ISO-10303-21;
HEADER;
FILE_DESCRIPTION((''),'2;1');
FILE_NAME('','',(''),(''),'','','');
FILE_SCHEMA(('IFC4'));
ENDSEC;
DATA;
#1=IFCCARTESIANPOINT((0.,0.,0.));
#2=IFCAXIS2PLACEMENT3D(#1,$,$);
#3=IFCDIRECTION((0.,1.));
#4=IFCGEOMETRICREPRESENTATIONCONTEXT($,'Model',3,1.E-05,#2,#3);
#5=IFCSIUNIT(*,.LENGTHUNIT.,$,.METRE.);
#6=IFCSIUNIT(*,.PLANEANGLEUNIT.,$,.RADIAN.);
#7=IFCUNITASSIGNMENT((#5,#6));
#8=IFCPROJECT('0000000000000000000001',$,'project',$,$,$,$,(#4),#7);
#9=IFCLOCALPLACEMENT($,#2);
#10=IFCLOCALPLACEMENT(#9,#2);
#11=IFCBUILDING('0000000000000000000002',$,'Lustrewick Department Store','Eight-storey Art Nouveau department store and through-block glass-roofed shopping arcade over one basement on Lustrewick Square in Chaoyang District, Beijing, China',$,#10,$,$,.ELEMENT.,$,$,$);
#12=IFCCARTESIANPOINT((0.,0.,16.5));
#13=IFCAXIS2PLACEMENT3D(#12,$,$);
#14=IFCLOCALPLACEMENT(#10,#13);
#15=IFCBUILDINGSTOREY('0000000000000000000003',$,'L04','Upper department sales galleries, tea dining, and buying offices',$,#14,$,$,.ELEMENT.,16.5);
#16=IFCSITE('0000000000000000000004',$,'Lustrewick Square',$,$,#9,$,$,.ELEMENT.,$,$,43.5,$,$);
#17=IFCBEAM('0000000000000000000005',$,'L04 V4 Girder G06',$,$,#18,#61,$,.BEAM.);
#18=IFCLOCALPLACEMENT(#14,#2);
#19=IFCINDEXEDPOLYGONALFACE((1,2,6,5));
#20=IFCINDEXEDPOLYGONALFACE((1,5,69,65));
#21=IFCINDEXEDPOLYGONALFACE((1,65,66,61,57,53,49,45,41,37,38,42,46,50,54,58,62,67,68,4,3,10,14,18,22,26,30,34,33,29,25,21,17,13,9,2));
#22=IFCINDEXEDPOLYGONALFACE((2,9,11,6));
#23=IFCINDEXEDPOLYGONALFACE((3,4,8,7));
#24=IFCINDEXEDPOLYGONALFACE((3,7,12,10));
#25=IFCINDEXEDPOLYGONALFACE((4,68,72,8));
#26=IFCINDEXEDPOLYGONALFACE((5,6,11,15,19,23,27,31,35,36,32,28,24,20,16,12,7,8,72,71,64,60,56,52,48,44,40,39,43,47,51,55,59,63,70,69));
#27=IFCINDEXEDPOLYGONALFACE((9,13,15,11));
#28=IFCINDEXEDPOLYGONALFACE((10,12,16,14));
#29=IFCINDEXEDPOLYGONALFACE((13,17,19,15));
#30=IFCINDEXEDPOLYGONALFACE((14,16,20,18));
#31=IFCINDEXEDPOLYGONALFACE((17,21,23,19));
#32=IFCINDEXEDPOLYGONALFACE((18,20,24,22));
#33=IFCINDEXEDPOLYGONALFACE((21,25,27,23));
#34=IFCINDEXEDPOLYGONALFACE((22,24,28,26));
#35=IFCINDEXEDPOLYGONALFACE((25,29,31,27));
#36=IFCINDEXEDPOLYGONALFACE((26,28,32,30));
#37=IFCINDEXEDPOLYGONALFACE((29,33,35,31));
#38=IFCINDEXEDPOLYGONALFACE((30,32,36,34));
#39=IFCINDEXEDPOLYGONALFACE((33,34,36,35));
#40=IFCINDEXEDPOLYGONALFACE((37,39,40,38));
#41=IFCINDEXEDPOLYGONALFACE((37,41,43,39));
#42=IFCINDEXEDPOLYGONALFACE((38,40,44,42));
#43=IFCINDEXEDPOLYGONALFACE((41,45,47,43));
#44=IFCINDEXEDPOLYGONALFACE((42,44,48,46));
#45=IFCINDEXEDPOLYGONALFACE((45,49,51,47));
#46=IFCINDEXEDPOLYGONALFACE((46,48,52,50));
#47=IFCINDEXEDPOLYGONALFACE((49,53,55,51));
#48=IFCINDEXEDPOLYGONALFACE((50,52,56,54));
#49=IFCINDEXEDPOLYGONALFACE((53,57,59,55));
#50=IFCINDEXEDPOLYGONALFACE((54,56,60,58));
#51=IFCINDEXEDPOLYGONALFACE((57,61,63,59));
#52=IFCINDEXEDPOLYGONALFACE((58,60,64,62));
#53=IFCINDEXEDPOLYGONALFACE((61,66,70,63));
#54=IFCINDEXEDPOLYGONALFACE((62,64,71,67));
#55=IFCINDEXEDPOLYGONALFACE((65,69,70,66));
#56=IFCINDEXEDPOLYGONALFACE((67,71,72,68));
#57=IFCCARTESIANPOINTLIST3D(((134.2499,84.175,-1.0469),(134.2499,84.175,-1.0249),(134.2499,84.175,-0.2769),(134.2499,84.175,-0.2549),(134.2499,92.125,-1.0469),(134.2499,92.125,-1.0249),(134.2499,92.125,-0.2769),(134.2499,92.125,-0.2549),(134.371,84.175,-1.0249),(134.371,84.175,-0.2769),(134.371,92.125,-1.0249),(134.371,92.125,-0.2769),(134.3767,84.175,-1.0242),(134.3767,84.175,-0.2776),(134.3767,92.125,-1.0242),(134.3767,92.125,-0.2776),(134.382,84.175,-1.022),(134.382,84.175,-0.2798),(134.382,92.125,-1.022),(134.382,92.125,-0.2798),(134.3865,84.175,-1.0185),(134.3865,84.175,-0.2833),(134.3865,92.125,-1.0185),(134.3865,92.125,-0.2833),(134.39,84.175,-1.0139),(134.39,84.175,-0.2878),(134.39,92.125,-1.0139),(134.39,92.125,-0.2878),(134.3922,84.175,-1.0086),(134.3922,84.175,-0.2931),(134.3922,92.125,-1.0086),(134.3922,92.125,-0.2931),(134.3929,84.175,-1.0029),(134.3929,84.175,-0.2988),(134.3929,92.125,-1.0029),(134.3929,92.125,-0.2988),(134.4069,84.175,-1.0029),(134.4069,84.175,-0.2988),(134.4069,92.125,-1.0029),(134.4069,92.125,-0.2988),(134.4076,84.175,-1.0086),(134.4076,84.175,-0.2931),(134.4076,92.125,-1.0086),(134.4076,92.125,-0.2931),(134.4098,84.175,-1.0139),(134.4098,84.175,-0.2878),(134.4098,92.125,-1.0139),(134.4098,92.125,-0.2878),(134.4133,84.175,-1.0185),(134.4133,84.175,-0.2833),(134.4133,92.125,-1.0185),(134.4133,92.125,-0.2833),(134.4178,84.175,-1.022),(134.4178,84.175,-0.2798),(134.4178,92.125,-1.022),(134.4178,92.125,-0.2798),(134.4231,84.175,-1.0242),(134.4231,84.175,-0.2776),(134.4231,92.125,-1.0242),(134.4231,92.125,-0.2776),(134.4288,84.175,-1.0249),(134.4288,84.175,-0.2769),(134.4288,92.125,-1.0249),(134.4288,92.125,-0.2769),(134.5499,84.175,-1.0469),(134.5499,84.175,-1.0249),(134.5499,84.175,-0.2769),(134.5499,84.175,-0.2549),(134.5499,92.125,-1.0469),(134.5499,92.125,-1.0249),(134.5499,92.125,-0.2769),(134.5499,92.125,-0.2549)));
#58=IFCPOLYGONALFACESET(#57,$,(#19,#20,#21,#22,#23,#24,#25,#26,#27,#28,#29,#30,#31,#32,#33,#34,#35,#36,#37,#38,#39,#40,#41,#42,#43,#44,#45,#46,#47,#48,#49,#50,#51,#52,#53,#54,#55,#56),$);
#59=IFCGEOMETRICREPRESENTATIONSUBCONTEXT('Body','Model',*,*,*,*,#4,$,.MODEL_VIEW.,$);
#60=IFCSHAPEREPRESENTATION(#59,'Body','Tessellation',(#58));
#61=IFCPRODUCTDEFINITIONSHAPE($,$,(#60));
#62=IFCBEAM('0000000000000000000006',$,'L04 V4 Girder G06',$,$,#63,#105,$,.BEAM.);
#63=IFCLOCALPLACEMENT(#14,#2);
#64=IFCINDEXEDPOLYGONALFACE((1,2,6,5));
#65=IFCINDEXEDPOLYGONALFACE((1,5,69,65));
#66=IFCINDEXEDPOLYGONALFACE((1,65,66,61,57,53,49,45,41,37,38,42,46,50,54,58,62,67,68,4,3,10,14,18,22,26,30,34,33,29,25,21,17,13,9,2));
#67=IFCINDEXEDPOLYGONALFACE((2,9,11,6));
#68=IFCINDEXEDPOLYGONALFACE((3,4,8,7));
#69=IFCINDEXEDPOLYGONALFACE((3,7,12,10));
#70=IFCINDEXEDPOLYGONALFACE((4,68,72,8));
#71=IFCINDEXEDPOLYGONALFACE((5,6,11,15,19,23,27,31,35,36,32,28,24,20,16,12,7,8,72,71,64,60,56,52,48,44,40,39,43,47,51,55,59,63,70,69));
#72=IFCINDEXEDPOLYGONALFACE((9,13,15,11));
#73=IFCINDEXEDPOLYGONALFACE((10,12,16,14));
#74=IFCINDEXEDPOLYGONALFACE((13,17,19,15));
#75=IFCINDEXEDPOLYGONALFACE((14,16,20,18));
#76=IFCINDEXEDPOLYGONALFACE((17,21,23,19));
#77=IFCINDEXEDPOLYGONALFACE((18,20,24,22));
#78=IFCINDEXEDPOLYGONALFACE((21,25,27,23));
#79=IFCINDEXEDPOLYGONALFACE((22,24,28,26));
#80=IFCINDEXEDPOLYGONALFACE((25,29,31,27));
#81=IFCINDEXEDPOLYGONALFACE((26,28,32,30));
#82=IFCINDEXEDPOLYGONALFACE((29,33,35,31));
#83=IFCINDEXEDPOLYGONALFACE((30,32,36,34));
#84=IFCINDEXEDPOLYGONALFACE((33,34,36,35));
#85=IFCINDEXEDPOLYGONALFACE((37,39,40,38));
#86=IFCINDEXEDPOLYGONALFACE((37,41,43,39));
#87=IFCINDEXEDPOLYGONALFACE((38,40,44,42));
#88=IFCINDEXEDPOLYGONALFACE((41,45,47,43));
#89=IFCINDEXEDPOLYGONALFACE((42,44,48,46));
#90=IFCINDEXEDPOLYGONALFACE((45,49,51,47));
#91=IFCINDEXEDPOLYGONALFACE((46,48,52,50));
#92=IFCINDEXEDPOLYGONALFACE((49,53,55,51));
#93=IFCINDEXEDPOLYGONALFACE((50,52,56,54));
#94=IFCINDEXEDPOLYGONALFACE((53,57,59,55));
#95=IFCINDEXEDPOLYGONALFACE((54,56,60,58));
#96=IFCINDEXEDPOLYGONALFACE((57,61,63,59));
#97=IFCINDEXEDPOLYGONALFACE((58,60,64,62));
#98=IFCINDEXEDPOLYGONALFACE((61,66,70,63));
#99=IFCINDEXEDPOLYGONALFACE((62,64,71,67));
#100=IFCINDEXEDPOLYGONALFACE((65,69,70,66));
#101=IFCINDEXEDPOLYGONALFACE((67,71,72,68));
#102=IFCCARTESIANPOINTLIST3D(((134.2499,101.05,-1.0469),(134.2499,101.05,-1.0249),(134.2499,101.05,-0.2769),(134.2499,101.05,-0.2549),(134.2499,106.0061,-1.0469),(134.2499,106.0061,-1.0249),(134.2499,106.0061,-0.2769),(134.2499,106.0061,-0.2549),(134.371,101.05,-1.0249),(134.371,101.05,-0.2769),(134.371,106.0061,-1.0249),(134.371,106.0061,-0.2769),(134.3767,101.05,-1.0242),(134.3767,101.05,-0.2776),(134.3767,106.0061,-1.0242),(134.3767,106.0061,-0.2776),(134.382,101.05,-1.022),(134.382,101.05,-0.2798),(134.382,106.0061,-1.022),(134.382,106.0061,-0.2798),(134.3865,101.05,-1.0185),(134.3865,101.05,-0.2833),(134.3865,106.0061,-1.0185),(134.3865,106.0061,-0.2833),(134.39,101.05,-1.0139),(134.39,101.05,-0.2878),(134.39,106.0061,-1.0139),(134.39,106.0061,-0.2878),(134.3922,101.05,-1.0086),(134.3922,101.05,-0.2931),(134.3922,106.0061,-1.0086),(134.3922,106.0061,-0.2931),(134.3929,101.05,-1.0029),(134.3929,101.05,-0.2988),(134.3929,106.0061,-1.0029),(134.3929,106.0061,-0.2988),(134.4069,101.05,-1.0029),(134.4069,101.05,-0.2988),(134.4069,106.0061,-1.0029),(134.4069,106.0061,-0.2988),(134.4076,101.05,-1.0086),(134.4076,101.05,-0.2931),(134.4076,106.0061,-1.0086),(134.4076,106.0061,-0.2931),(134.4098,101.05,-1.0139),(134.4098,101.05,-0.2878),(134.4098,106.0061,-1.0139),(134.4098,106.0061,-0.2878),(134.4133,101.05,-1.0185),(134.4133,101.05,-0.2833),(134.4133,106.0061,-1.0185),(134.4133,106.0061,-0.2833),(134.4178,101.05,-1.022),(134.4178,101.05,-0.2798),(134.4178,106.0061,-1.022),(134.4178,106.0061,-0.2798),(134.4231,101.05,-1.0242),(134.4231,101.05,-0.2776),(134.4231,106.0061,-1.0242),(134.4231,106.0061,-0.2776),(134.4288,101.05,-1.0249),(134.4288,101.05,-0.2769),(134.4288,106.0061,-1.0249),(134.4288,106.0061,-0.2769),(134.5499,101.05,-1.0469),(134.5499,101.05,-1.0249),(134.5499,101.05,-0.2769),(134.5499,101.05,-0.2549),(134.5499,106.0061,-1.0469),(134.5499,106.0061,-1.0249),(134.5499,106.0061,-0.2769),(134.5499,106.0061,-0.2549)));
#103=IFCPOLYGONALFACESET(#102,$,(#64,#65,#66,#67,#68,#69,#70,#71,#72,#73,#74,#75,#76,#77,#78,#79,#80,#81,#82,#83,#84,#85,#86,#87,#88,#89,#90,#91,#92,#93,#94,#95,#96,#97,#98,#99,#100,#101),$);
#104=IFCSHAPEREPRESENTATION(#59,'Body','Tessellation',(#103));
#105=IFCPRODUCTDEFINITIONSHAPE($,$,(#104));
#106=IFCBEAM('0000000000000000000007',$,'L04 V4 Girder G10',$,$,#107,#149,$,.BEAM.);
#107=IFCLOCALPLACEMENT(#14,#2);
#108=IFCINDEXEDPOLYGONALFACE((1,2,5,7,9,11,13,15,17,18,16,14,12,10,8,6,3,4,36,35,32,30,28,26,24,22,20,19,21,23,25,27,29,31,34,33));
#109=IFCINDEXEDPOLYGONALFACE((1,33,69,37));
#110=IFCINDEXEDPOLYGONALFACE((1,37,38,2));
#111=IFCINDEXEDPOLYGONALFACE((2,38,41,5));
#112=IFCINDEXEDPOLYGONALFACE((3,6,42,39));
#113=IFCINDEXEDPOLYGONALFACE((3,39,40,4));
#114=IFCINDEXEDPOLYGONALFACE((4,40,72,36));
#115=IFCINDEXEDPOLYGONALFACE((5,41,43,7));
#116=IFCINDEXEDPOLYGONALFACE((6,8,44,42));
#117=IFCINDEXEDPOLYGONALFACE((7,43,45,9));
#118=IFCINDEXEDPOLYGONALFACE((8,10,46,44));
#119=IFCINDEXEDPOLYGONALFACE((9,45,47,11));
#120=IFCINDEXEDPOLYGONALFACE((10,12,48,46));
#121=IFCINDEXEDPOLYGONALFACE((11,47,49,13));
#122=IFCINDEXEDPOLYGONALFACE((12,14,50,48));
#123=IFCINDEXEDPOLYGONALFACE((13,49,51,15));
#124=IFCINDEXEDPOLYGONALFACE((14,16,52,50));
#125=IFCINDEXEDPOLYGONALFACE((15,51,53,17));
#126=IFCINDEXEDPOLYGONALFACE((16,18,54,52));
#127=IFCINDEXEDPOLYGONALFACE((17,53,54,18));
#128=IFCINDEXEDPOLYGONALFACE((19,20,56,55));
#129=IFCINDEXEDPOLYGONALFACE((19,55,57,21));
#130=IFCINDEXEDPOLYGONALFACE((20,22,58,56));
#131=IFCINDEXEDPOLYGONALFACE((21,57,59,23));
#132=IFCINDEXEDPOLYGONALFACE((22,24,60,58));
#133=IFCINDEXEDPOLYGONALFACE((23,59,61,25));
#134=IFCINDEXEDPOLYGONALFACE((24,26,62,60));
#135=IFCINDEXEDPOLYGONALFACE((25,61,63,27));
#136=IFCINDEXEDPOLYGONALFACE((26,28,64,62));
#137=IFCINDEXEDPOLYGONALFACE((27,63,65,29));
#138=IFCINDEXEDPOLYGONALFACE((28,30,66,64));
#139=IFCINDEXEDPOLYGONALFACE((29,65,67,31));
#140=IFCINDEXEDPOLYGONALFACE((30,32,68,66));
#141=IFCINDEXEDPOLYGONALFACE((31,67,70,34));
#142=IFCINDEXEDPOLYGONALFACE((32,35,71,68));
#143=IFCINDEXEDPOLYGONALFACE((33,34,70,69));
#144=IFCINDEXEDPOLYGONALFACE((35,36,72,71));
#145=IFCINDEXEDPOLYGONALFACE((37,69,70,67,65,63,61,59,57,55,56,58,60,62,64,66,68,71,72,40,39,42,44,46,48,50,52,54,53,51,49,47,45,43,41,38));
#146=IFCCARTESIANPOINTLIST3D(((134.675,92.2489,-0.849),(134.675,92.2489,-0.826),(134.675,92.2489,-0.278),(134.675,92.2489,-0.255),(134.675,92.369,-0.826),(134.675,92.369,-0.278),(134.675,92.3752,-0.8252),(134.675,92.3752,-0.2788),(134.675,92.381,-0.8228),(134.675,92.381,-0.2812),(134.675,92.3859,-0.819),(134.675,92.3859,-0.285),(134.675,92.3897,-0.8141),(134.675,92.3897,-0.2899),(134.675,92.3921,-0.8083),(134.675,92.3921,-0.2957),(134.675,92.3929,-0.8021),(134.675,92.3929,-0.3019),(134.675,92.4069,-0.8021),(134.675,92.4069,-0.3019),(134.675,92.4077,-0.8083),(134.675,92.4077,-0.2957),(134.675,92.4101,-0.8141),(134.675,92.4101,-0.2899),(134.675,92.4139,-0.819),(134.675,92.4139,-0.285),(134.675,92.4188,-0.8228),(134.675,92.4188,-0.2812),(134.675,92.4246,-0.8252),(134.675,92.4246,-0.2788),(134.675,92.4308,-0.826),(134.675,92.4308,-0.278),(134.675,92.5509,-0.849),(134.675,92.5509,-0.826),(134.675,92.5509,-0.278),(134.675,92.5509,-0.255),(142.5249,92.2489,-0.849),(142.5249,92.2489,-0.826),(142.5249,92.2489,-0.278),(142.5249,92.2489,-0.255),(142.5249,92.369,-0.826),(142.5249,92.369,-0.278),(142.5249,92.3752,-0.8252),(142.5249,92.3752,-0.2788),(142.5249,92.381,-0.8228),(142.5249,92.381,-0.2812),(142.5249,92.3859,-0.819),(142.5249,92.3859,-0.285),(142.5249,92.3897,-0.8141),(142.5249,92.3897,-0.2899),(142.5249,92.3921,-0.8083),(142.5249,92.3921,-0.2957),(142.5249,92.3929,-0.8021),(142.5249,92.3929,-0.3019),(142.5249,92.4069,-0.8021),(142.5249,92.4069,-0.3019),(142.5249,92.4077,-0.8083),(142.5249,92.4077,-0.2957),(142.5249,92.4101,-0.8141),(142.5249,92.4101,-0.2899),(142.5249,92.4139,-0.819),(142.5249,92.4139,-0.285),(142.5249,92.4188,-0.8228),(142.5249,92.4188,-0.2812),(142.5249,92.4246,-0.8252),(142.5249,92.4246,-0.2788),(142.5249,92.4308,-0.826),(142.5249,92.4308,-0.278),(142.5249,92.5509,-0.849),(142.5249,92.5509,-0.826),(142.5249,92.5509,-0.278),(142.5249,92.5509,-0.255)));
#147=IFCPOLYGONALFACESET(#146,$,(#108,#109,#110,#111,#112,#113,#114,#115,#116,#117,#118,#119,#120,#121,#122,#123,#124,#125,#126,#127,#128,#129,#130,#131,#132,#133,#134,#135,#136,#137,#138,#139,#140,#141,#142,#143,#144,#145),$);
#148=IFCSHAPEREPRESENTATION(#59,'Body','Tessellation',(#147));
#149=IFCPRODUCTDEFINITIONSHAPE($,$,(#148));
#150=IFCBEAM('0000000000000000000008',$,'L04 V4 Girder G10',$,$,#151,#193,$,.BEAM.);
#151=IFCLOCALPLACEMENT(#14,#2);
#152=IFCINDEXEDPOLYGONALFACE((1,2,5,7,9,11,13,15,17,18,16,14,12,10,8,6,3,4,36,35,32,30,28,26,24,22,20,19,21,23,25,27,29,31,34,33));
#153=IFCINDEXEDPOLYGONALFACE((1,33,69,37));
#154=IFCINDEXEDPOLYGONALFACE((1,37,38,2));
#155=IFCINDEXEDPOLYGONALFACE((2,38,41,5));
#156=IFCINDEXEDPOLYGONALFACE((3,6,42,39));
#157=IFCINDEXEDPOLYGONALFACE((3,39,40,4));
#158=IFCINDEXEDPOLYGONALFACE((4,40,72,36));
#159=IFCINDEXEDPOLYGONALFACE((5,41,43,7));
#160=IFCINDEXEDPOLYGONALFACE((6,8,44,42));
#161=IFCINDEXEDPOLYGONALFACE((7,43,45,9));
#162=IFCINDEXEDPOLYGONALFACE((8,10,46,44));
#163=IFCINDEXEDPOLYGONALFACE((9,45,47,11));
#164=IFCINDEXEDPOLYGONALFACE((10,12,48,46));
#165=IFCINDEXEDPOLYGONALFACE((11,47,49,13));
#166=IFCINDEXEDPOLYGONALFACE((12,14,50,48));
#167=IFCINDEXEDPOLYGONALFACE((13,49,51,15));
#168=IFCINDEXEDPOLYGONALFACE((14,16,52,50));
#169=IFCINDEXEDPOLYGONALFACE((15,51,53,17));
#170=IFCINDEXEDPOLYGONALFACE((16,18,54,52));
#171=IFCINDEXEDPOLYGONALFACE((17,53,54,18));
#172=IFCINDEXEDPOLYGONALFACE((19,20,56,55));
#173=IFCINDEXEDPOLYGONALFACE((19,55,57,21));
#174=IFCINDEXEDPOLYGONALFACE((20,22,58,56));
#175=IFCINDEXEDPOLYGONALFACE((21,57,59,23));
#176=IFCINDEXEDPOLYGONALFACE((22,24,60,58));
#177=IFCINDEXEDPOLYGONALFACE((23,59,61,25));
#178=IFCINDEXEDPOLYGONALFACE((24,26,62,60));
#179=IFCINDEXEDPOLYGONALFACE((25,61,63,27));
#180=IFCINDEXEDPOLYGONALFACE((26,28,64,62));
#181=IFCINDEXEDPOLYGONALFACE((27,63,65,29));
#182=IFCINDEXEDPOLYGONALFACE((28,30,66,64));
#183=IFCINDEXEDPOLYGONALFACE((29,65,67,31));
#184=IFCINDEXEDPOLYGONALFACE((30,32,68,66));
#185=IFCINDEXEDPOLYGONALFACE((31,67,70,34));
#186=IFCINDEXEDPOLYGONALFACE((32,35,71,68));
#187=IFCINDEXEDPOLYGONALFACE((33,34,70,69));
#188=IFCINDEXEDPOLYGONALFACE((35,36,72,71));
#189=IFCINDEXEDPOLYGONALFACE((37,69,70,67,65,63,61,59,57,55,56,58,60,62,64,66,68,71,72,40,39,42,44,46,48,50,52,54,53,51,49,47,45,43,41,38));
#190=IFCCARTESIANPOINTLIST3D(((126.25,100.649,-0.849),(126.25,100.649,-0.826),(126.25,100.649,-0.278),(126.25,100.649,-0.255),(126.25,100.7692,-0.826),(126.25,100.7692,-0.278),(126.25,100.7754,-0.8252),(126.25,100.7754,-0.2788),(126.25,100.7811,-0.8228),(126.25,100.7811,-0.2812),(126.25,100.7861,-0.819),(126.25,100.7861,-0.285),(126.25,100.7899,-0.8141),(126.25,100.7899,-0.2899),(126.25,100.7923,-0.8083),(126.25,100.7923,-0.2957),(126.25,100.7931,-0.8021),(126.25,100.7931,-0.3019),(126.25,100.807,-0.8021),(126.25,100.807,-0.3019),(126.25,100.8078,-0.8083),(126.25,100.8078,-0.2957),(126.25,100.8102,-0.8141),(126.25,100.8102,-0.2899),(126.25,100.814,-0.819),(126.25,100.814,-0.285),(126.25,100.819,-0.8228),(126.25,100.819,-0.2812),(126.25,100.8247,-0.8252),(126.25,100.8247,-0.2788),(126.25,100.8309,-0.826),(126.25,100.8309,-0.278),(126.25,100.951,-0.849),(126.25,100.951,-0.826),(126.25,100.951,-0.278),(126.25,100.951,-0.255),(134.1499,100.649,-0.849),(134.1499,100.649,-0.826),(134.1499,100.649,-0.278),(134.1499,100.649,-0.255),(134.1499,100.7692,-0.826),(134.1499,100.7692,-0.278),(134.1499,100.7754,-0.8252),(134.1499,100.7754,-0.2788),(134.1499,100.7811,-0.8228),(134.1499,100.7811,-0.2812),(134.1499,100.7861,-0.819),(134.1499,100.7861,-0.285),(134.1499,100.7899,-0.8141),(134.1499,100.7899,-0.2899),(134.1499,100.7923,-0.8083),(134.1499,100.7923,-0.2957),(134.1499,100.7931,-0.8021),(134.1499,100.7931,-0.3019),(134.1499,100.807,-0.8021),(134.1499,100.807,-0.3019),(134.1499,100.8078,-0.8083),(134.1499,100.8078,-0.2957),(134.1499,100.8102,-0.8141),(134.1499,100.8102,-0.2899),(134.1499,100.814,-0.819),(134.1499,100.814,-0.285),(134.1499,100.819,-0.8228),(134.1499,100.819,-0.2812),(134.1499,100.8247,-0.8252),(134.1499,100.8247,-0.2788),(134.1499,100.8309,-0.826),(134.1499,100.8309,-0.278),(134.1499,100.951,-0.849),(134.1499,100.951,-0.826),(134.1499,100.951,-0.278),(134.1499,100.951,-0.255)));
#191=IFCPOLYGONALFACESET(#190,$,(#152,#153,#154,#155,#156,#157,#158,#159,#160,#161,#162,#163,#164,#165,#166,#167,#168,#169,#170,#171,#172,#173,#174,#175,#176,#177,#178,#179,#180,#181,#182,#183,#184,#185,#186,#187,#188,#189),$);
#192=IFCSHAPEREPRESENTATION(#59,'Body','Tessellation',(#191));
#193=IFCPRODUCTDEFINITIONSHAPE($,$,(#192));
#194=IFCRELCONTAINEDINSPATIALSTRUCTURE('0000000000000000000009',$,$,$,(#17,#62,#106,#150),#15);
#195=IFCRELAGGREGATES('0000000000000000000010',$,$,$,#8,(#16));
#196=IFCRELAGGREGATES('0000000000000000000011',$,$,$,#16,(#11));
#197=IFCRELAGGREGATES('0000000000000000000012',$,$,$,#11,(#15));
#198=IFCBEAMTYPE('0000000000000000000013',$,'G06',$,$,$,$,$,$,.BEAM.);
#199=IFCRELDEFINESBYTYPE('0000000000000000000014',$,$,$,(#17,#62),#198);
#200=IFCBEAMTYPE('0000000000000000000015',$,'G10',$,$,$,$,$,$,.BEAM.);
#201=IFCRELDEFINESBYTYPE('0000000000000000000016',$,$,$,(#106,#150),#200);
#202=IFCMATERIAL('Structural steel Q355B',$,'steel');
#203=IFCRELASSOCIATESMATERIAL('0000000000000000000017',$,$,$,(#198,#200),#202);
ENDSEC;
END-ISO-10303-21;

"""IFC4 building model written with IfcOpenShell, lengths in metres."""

from ifc_helpers import new_model, si_unit, direction, frame, origin, origin_2d, place, context, subcontext, project, spatial, i_section, extrude, material, material_profile, profile_set, type_object, element, save


model = new_model("IFC4")

# Units and contexts
model_context = context("Model", 3, precision=1e-05, world=origin(), true_north=direction((0.0, 1.0)))
body_context = subcontext(model_context, "Body", "Model", "MODEL_VIEW")
ifc_project = project(units=[si_unit("LENGTHUNIT", "METRE"), si_unit("PLANEANGLEUNIT", "RADIAN")], contexts=[model_context])

# Site, building, storey
site_placement = place(None, origin())
site = spatial("IfcSite", under=ifc_project, at=site_placement, Name="Lustrewick Square", CompositionType="ELEMENT", RefElevation=43.5)
building_placement = place(site_placement, origin())
building = spatial("IfcBuilding", under=site, at=building_placement, Name="Lustrewick Department Store", Description="Eight-storey Art Nouveau department store and through-block glass-roofed shopping arcade over one basement on Lustrewick Square in Chaoyang District, Beijing, China", CompositionType="ELEMENT")
storey_placement = place(building_placement, frame((0.0, 0.0, 16.5)))
storey = spatial("IfcBuildingStorey", under=building, at=storey_placement, Name="L04", Description="Upper department sales galleries, tea dining, and buying offices", CompositionType="ELEMENT", Elevation=16.5)

# Shared definitions
ifc_material_1 = material(Name="Structural steel Q355B", Category="steel")

# Beams
ifc_material_profile_1 = material_profile(ifc_material_1, i_section(OverallWidth=0.3, OverallDepth=0.792, WebThickness=0.0139, FlangeThickness=0.022, FilletRadius=0.022, at=origin_2d()), Name="HN 792x300x14x22")
ifc_profile_set_1 = profile_set([ifc_material_profile_1], Name="Structural steel Q355B")
beam_type_1 = type_object("IfcBeamType", Name="G06", PredefinedType="BEAM", material=ifc_profile_set_1)
beam_1_placement = place(storey_placement, frame((134.3999, 84.175, -0.6509), z_axis=(0.0, 1.0, 0.0), x_axis=(-1.0, 0.0, 0.0)))
element("IfcBeam", 1, at=beam_1_placement, inside=storey, type_object=beam_type_1, Name="L04 V4 Girder G06", PredefinedType="BEAM", context=body_context, shape_type="SweptSolid", body=[
    extrude(i_section(OverallWidth=0.3, OverallDepth=0.792, WebThickness=0.0139, FlangeThickness=0.022, FilletRadius=0.022, at=origin_2d()), origin(), (0.0, 0.0, 1.0), 7.95),
])
beam_2_placement = place(storey_placement, frame((134.3999, 101.05, -0.6509), z_axis=(0.0, 1.0, 0.0), x_axis=(-1.0, 0.0, 0.0)))
element("IfcBeam", 2, at=beam_2_placement, inside=storey, type_object=beam_type_1, Name="L04 V4 Girder G06", PredefinedType="BEAM", context=body_context, shape_type="SweptSolid", body=[
    extrude(i_section(OverallWidth=0.3, OverallDepth=0.792, WebThickness=0.0139, FlangeThickness=0.022, FilletRadius=0.022, at=origin_2d()), origin(), (0.0, 0.0, 1.0), 4.9561),
])
ifc_material_profile_2 = material_profile(ifc_material_1, i_section(OverallWidth=0.302, OverallDepth=0.594, WebThickness=0.0139, FlangeThickness=0.0229, FilletRadius=0.0239, at=origin_2d()), Name="HM 594x302x14x23")
ifc_profile_set_2 = profile_set([ifc_material_profile_2], Name="Structural steel Q355B")
beam_type_2 = type_object("IfcBeamType", Name="G10", PredefinedType="BEAM", material=ifc_profile_set_2)
beam_3_placement = place(storey_placement, frame((134.675, 92.3999, -0.552), z_axis=(1.0, 0.0, 0.0), x_axis=(0.0, 1.0, 0.0)))
element("IfcBeam", 3, at=beam_3_placement, inside=storey, type_object=beam_type_2, Name="L04 V4 Girder G10", PredefinedType="BEAM", context=body_context, shape_type="SweptSolid", body=[
    extrude(i_section(OverallWidth=0.302, OverallDepth=0.594, WebThickness=0.0139, FlangeThickness=0.0229, FilletRadius=0.0239, at=origin_2d()), origin(), (0.0, 0.0, 1.0), 7.8499),
])
beam_4_placement = place(storey_placement, frame((126.25, 100.8, -0.552), z_axis=(1.0, 0.0, 0.0), x_axis=(0.0, 1.0, 0.0)))
element("IfcBeam", 4, at=beam_4_placement, inside=storey, type_object=beam_type_2, Name="L04 V4 Girder G10", PredefinedType="BEAM", context=body_context, shape_type="SweptSolid", body=[
    extrude(i_section(OverallWidth=0.302, OverallDepth=0.594, WebThickness=0.0139, FlangeThickness=0.0229, FilletRadius=0.0239, at=origin_2d()), origin(), (0.0, 0.0, 1.0), 7.8999),
])

save(model, "model.ifc")
